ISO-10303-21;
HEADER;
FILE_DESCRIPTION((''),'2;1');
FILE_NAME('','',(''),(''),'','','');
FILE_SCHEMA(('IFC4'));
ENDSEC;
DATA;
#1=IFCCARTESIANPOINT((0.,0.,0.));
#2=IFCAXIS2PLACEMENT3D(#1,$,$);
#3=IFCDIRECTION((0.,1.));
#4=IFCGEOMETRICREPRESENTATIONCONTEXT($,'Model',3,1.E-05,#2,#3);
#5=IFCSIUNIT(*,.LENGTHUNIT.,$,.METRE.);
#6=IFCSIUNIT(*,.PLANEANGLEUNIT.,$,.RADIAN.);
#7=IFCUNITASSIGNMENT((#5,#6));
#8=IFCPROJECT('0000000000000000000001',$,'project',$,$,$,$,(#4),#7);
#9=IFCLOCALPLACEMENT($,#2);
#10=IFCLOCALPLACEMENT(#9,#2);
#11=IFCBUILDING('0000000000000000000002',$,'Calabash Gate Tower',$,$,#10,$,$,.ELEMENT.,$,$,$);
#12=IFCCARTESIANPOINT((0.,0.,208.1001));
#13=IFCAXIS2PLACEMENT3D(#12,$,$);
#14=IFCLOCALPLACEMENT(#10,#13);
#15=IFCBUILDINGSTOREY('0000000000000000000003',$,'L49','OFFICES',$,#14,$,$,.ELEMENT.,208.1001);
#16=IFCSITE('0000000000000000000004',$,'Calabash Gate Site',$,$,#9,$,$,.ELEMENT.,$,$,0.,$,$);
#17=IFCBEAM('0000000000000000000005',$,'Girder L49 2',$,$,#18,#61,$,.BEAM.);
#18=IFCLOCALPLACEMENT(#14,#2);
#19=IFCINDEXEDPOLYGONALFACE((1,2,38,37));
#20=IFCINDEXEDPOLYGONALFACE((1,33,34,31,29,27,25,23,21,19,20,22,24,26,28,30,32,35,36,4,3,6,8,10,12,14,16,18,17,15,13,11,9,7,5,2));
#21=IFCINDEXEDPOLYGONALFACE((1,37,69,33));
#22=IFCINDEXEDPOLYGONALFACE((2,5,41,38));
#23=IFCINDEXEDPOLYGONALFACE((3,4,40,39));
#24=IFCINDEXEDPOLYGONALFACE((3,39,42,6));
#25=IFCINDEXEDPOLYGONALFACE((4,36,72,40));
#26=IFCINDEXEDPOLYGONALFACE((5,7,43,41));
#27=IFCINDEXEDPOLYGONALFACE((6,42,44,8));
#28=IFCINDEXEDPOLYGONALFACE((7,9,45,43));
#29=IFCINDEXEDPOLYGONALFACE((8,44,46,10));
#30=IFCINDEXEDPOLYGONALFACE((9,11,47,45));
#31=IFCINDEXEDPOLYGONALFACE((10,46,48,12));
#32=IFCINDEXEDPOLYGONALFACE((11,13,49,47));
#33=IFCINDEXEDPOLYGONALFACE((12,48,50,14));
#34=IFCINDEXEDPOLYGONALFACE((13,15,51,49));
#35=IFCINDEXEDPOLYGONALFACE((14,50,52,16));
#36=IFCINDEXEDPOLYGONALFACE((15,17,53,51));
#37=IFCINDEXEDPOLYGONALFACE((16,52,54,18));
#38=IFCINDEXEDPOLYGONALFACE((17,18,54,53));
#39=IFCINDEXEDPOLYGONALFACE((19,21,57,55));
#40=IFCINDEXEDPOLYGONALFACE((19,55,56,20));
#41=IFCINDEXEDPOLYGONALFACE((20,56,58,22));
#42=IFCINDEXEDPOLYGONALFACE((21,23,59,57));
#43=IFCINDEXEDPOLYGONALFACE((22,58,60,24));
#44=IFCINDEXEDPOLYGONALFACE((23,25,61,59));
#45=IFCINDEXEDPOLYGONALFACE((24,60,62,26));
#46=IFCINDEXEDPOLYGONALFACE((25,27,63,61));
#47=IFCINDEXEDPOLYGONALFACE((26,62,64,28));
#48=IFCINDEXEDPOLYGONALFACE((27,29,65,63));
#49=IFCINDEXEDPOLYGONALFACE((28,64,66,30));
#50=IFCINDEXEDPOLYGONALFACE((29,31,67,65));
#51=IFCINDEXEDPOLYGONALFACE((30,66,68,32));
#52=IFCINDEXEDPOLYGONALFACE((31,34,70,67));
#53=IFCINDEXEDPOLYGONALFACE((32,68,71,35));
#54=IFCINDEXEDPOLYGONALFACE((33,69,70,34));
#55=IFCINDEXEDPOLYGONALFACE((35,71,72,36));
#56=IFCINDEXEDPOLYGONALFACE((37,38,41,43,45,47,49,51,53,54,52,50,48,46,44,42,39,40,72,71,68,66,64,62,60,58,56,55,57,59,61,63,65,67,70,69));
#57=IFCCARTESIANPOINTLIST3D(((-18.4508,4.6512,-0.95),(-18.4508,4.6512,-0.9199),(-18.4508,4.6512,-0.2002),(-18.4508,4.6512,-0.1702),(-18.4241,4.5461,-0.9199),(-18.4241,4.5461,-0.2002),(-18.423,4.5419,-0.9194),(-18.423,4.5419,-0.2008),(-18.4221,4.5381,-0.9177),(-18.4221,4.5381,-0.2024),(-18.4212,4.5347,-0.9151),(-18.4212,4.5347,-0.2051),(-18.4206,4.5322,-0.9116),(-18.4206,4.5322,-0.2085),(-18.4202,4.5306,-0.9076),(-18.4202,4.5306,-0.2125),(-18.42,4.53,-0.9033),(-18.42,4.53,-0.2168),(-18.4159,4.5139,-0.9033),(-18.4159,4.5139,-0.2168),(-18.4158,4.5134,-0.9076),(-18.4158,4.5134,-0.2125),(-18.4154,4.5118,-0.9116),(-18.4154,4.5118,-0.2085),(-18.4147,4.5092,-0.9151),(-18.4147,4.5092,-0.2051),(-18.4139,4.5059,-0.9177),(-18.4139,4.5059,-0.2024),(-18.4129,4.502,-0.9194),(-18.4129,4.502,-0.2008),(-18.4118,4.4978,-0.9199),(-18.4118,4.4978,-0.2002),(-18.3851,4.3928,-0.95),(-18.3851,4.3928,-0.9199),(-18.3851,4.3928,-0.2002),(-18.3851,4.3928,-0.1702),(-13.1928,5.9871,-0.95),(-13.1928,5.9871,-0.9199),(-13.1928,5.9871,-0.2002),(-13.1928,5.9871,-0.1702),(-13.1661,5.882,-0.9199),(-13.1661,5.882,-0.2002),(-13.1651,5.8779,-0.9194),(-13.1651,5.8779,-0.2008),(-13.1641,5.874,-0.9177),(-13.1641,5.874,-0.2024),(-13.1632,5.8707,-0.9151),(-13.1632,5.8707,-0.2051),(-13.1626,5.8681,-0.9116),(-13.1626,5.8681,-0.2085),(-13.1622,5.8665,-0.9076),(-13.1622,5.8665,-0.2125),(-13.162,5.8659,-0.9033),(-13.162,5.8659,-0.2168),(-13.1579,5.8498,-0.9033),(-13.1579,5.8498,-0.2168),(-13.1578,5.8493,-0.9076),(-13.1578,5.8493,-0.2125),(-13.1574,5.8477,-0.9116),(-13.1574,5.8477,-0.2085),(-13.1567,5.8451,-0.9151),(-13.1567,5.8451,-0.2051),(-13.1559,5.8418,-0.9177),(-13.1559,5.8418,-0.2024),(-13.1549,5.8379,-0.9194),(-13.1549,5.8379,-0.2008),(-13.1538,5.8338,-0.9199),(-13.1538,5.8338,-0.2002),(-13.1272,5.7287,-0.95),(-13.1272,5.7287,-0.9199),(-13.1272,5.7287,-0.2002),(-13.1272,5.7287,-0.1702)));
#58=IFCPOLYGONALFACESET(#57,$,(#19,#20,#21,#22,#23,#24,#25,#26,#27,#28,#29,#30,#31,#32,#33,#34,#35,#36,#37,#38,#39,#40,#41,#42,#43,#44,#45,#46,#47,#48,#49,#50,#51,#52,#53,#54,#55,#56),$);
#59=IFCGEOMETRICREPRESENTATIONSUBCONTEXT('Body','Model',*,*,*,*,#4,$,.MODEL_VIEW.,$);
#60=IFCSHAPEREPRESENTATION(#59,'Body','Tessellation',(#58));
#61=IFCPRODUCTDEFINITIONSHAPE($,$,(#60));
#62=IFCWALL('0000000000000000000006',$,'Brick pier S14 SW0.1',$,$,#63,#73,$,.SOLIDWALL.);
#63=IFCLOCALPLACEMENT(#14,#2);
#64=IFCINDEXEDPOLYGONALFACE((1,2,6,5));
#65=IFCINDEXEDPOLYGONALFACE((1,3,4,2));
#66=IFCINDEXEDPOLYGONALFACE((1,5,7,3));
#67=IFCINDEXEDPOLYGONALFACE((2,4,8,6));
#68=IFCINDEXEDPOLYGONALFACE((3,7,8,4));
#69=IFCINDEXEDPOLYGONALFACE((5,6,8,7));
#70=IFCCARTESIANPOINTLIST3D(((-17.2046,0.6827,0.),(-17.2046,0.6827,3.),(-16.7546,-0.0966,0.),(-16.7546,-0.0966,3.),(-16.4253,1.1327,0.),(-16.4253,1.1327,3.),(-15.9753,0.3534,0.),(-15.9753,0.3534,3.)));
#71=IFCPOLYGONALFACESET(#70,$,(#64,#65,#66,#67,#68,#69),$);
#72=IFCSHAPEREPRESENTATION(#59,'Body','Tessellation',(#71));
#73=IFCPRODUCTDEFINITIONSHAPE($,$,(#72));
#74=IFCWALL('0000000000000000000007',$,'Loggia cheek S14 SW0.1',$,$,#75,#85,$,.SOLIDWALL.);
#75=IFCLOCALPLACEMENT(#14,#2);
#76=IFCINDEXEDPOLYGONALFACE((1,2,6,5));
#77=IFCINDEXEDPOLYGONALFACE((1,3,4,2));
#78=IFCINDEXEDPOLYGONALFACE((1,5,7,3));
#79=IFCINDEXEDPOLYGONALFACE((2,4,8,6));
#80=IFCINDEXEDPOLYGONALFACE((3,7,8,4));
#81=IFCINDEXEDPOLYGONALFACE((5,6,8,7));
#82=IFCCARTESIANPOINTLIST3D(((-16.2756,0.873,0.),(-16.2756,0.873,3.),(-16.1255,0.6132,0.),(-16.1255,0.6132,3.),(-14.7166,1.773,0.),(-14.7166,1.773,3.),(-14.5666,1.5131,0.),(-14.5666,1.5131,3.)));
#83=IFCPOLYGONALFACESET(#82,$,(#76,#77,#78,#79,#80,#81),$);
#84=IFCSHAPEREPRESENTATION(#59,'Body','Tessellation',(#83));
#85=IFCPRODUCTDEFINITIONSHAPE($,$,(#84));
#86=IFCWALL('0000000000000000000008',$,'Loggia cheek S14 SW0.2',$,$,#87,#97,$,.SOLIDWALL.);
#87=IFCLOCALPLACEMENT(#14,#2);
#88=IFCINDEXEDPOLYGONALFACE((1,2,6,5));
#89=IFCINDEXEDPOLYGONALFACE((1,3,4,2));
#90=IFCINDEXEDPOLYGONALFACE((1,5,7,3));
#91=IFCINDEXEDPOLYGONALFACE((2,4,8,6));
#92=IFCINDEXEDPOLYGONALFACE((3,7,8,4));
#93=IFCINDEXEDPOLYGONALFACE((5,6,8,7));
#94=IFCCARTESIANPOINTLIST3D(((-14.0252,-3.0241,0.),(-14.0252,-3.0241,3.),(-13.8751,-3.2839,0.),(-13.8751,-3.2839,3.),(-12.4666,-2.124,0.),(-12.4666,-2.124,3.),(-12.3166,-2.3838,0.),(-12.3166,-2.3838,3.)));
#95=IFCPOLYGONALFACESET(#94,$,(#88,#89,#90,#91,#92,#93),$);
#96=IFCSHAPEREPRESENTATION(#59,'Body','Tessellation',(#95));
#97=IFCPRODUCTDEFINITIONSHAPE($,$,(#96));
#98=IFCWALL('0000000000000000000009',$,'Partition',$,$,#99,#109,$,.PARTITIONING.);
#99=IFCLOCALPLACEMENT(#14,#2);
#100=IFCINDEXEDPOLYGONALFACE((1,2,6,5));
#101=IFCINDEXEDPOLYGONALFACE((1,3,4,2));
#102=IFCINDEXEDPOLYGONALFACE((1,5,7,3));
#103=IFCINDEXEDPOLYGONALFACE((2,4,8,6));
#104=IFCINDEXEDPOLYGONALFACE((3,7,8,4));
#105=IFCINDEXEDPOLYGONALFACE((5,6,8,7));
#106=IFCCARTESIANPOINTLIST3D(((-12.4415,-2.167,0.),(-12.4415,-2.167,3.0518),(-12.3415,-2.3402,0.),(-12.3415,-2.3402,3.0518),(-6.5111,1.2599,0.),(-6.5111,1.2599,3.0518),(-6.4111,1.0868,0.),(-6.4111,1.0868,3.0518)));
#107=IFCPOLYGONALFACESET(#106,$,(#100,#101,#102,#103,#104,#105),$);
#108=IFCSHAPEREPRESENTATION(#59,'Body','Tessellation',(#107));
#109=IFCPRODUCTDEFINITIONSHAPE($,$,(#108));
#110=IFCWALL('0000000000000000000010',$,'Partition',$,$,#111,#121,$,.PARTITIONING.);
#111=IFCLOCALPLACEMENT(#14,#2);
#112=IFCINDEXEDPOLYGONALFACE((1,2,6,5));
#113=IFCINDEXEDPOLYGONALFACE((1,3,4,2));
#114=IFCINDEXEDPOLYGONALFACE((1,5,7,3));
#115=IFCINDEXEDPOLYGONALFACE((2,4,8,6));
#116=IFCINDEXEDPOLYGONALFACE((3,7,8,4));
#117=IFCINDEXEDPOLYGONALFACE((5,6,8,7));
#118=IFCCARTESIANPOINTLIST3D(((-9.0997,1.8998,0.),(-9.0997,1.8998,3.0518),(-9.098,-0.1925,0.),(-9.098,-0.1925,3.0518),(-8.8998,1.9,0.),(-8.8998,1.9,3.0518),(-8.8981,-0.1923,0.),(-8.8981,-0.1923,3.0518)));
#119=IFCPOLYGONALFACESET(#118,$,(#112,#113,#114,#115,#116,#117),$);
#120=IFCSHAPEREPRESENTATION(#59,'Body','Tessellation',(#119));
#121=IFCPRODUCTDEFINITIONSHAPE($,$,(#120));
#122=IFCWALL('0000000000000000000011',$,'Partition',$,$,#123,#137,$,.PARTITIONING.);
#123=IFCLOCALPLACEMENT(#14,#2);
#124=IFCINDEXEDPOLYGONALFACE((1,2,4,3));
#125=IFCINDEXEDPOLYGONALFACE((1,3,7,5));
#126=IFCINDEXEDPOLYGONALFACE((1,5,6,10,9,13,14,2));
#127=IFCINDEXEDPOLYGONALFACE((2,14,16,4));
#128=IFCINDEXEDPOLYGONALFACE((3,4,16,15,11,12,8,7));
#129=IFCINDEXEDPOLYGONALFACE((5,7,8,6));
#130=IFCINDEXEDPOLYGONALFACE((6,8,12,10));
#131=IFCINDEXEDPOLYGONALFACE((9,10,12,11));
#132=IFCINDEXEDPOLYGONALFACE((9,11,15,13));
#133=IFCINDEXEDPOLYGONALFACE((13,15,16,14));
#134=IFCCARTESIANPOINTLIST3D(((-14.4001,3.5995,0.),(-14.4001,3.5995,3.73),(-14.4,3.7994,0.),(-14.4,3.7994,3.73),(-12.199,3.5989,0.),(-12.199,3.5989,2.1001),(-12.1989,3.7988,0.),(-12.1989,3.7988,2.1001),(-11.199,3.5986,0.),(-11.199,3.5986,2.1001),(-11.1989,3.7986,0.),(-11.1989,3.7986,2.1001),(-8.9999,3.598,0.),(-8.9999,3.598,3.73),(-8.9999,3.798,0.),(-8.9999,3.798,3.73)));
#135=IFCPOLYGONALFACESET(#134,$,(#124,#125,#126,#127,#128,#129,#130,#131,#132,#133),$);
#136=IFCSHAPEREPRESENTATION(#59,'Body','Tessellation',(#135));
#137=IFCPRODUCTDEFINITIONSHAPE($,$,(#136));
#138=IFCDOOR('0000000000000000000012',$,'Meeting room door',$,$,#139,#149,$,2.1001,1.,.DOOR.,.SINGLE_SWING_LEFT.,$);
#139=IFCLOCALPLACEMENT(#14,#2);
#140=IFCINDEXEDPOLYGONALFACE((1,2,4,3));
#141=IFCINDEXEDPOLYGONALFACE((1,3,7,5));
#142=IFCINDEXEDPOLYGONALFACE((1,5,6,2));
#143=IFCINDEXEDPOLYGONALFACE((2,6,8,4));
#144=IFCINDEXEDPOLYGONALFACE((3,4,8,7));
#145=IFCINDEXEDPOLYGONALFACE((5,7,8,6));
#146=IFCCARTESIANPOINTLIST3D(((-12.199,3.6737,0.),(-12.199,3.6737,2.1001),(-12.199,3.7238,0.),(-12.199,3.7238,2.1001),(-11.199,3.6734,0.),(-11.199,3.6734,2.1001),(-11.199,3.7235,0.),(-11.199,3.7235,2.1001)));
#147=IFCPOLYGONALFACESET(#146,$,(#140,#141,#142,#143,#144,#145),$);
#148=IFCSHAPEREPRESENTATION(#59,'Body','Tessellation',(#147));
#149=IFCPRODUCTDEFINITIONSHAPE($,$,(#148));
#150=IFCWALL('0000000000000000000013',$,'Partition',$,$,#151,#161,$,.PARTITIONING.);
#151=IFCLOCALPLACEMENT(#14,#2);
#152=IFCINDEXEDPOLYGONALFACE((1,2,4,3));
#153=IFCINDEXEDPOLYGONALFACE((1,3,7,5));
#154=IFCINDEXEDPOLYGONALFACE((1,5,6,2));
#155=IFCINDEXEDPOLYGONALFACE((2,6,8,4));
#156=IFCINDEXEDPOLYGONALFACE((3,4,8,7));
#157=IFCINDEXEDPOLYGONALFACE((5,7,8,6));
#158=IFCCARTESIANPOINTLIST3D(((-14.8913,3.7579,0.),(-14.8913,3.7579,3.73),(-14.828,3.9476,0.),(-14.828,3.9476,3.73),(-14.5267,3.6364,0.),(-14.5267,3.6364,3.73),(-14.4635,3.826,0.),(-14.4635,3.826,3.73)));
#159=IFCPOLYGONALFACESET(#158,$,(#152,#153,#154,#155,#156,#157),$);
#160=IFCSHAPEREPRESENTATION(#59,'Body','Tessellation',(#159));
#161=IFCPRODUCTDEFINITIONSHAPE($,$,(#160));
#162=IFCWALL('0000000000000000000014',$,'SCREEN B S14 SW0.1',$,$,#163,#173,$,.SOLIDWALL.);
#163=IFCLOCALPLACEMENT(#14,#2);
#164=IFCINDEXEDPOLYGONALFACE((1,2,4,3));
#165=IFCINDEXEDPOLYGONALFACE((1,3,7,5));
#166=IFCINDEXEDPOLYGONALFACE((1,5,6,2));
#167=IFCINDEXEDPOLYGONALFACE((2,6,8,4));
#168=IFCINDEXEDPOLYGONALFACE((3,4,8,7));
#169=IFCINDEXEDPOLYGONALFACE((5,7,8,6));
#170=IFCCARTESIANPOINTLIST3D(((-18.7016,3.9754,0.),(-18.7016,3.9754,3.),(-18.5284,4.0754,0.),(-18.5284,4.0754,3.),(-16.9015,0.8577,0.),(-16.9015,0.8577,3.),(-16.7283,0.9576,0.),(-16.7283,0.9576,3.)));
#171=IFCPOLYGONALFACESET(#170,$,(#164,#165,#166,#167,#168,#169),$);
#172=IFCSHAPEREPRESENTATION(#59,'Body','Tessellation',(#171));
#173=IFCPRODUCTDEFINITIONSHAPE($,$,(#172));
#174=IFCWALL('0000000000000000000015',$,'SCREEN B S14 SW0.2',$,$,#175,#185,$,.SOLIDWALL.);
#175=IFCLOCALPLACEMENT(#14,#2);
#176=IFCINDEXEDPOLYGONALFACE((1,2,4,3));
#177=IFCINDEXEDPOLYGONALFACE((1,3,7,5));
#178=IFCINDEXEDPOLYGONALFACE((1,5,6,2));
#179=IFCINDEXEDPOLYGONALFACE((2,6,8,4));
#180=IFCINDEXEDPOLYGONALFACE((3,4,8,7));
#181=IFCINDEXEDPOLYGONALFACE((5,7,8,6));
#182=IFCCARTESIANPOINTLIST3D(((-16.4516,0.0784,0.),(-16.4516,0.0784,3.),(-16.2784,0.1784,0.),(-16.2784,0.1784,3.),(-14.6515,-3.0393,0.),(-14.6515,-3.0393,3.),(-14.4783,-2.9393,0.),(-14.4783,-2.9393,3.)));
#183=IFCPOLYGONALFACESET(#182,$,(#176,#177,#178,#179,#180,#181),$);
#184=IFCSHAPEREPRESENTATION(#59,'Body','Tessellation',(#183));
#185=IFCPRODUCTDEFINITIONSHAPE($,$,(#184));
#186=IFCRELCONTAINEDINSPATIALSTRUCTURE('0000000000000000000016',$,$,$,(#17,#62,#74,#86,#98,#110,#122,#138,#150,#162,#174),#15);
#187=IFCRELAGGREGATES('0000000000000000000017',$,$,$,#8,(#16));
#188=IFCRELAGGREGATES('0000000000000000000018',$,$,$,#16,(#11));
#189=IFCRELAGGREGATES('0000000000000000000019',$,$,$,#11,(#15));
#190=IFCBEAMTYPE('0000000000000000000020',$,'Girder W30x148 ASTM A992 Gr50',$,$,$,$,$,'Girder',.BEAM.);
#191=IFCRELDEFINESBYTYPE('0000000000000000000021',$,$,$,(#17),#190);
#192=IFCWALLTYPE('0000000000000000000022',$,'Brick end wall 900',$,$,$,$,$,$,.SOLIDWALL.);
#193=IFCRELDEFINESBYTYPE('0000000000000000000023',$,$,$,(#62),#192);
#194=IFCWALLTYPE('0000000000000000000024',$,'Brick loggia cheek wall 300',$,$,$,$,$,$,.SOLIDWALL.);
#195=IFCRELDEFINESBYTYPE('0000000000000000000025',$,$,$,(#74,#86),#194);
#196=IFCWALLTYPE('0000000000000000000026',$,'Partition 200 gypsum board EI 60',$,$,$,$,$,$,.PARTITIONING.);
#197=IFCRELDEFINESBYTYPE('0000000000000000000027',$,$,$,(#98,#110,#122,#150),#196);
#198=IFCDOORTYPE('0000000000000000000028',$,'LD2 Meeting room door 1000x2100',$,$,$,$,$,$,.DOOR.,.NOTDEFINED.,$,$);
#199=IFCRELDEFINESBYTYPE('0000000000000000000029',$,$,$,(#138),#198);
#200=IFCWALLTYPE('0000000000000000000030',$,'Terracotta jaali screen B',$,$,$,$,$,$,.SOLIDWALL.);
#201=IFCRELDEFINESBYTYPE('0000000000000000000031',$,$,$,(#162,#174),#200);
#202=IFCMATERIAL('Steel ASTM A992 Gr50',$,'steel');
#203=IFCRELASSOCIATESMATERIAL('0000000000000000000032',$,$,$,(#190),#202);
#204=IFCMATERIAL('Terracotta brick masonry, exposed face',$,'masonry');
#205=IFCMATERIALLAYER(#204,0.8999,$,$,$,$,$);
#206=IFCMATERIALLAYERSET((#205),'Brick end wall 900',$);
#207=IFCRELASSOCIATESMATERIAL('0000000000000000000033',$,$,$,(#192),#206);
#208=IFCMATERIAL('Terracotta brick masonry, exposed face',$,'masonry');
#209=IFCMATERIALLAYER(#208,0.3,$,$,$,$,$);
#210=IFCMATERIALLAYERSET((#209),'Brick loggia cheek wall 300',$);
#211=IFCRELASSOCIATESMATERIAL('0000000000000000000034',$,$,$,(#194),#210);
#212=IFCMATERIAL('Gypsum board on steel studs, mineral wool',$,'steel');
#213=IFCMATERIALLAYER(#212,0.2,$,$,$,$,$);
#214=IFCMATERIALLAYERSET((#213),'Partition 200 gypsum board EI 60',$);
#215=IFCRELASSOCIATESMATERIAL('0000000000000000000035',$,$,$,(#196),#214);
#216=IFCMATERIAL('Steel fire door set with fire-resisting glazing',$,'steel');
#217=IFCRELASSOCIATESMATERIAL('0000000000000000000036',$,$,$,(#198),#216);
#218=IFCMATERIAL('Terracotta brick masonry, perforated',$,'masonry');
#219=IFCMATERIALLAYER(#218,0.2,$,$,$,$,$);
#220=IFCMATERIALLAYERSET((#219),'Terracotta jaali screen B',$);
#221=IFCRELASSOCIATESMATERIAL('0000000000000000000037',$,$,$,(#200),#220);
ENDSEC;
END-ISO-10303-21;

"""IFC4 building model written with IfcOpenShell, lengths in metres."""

from ifc_helpers import new_model, si_unit, direction, frame, frame_2d, origin, origin_2d, place, context, subcontext, project, spatial, rectangle, i_section, extrude, material, layer, layer_set, material_profile, profile_set, type_object, element, fill, save


model = new_model("IFC4")

# Units and contexts
model_context = context("Model", 3, precision=1e-05, world=origin(), true_north=direction((0.0, 1.0)))
body_context = subcontext(model_context, "Body", "Model", "MODEL_VIEW")
ifc_project = project(units=[si_unit("LENGTHUNIT", "METRE"), si_unit("PLANEANGLEUNIT", "RADIAN")], contexts=[model_context])

# Site, building, storey
site_placement = place(None, origin())
site = spatial("IfcSite", under=ifc_project, at=site_placement, Name="Calabash Gate Site", CompositionType="ELEMENT", RefElevation=0.0)
building_placement = place(site_placement, origin())
building = spatial("IfcBuilding", under=site, at=building_placement, Name="Calabash Gate Tower", CompositionType="ELEMENT")
storey_placement = place(building_placement, frame((0.0, 0.0, 208.1001)))
storey = spatial("IfcBuildingStorey", under=building, at=storey_placement, Name="L49", Description="OFFICES", CompositionType="ELEMENT", Elevation=208.1001)

# Beam
ifc_material_1 = material(Name="Steel ASTM A992 Gr50", Category="steel")
ifc_material_profile_1 = material_profile(ifc_material_1, i_section(OverallWidth=0.2666, OverallDepth=0.7798, WebThickness=0.0166, FlangeThickness=0.03, FilletRadius=0.0166, at=origin_2d()))
ifc_profile_set_1 = profile_set([ifc_material_profile_1], Name="Steel ASTM A992 Gr50")
beam_type_1 = type_object("IfcBeamType", Name="Girder W30x148 ASTM A992 Gr50", ElementType="Girder", PredefinedType="BEAM", material=ifc_profile_set_1)
beam_1_placement = place(storey_placement, frame((-18.418, 4.522, -0.5601), z_axis=(0.969206, 0.24625, 0.0), x_axis=(-0.24625, 0.969206, 0.0)))
element("IfcBeam", 1, at=beam_1_placement, inside=storey, type_object=beam_type_1, Name="Girder L49 2", PredefinedType="BEAM", context=body_context, shape_type="SweptSolid", body=[
    extrude(i_section(OverallWidth=0.2666, OverallDepth=0.7798, WebThickness=0.0166, FlangeThickness=0.03, FilletRadius=0.0166, at=origin_2d()), origin(), (0.0, 0.0, 1.0), 5.425),
])

# Walls
ifc_material_2 = material(Name="Terracotta brick masonry, exposed face", Category="masonry")
ifc_layer_1 = layer(ifc_material_2, 0.8999)
ifc_layer_set_1 = layer_set([ifc_layer_1], Name="Brick end wall 900")
wall_type_1 = type_object("IfcWallType", Name="Brick end wall 900", PredefinedType="SOLIDWALL", material=ifc_layer_set_1)
wall_1_placement = place(storey_placement, frame((-16.8149, 0.9077, 0.0), z_axis=(0.0, 0.0, 1.0), x_axis=(0.50002, -0.866014, 0.0)))
element("IfcWall", 2, at=wall_1_placement, inside=storey, type_object=wall_type_1, Name="Brick pier S14 SW0.1", PredefinedType="SOLIDWALL", context=body_context, shape_type="SweptSolid", body=[
    extrude(rectangle(XDim=0.8999, YDim=0.8999, at=frame_2d((0.45, 0.0))), origin(), (0.0, 0.0, 1.0), 3.0),
])
ifc_material_3 = material(Name="Terracotta brick masonry, exposed face", Category="masonry")
ifc_layer_2 = layer(ifc_material_3, 0.3)
ifc_layer_set_2 = layer_set([ifc_layer_2], Name="Brick loggia cheek wall 300")
wall_type_2 = type_object("IfcWallType", Name="Brick loggia cheek wall 300", PredefinedType="SOLIDWALL", material=ifc_layer_set_2)
wall_2_placement = place(storey_placement, frame((-16.2004, 0.7432, 0.0), z_axis=(0.0, 0.0, 1.0), x_axis=(0.866048, 0.499961, 0.0)))
element("IfcWall", 3, at=wall_2_placement, inside=storey, type_object=wall_type_2, Name="Loggia cheek S14 SW0.1", PredefinedType="SOLIDWALL", context=body_context, shape_type="SweptSolid", body=[
    extrude(rectangle(XDim=1.8, YDim=0.3, at=frame_2d((0.8999, 0.0))), origin(), (0.0, 0.0, 1.0), 3.0),
])
wall_3_placement = place(storey_placement, frame((-12.3916, -2.2539, 0.0), z_axis=(0.0, 0.0, 1.0), x_axis=(-0.865955, -0.500122, 0.0)))
element("IfcWall", 4, at=wall_3_placement, inside=storey, type_object=wall_type_2, Name="Loggia cheek S14 SW0.2", PredefinedType="SOLIDWALL", context=body_context, shape_type="SweptSolid", body=[
    extrude(rectangle(XDim=1.7998, YDim=0.3, at=frame_2d((0.8999, 0.0))), origin(), (0.0, 0.0, 1.0), 3.0),
])
ifc_material_4 = material(Name="Gypsum board on steel studs, mineral wool", Category="steel")
ifc_layer_3 = layer(ifc_material_4, 0.2)
ifc_layer_set_3 = layer_set([ifc_layer_3], Name="Partition 200 gypsum board EI 60")
wall_type_3 = type_object("IfcWallType", Name="Partition 200 gypsum board EI 60", PredefinedType="PARTITIONING", material=ifc_layer_set_3)
wall_4_placement = place(storey_placement, frame((-12.3916, -2.2537, 0.0), z_axis=(0.0, 0.0, 1.0), x_axis=(0.865831, 0.500336, 0.0)))
element("IfcWall", 5, at=wall_4_placement, inside=storey, type_object=wall_type_3, Name="Partition", PredefinedType="PARTITIONING", context=body_context, shape_type="SweptSolid", body=[
    extrude(rectangle(XDim=6.8494, YDim=0.2, at=frame_2d((3.4248, 0.0))), origin(), (0.0, 0.0, 1.0), 3.0518),
])
wall_5_placement = place(storey_placement, frame((-8.9998, 1.8999, 0.0), z_axis=(0.0, 0.0, 1.0), x_axis=(0.000817, -1.0, 0.0)))
element("IfcWall", 6, at=wall_5_placement, inside=storey, type_object=wall_type_3, Name="Partition", PredefinedType="PARTITIONING", context=body_context, shape_type="SweptSolid", body=[
    extrude(rectangle(XDim=2.0923, YDim=0.2, at=frame_2d((1.0461, 0.0))), origin(), (0.0, 0.0, 1.0), 3.0518),
])

# Wall, opening, door
wall_6_placement = place(storey_placement, frame((-14.4001, 3.6995, 0.0), z_axis=(0.0, 0.0, 1.0), x_axis=(1.0, -0.000271, 0.0)))
wall_6 = element("IfcWall", 7, at=wall_6_placement, inside=storey, type_object=wall_type_3, Name="Partition", PredefinedType="PARTITIONING", context=body_context, shape_type="SweptSolid", body=[
    extrude(rectangle(XDim=5.4001, YDim=0.2, at=frame_2d((2.7002, 0.0))), origin(), (0.0, 0.0, 1.0), 3.73),
])
opening_1_placement = place(wall_6_placement, frame((2.2012, 0.0, 0.0)))
opening_1 = element("IfcOpeningElement", 8, at=opening_1_placement, cuts=wall_6, PredefinedType="OPENING", context=body_context, shape_type="SweptSolid", body=[
    extrude(rectangle(XDim=1.0, YDim=2.1001, at=frame_2d((0.5, 1.05))), frame((0.0, 0.1099, 0.0), z_axis=(0.0, -1.0, 0.0), x_axis=(1.0, 0.0, 0.0)), (0.0, 0.0, 1.0), 0.22),
])
ifc_material_5 = material(Name="Steel fire door set with fire-resisting glazing", Category="steel")
door_type = type_object("IfcDoorType", Name="LD2 Meeting room door 1000x2100", OperationType="NOTDEFINED", PredefinedType="DOOR", material=ifc_material_5)
door_placement = place(opening_1_placement, origin())
door = element("IfcDoor", 9, at=door_placement, inside=storey, type_object=door_type, Name="Meeting room door", OperationType="SINGLE_SWING_LEFT", OverallHeight=2.1001, OverallWidth=1.0, PredefinedType="DOOR", context=body_context, shape_type="SweptSolid", body=[
    extrude(rectangle(XDim=1.0, YDim=2.1001, at=frame_2d((0.5, 1.05))), frame((0.0, 0.0249, 0.0), z_axis=(0.0, -1.0, 0.0), x_axis=(1.0, 0.0, 0.0)), (0.0, 0.0, 1.0), 0.05),
])
fill(opening_1, door)

# Walls
wall_7_placement = place(storey_placement, frame((-14.8596, 3.8528, 0.0), z_axis=(0.0, 0.0, 1.0), x_axis=(0.94862, -0.316418, 0.0)))
element("IfcWall", 10, at=wall_7_placement, inside=storey, type_object=wall_type_3, Name="Partition", PredefinedType="PARTITIONING", context=body_context, shape_type="SweptSolid", body=[
    extrude(rectangle(XDim=0.3843, YDim=0.2, at=frame_2d((0.1921, 0.0))), origin(), (0.0, 0.0, 1.0), 3.73),
])
ifc_material_6 = material(Name="Terracotta brick masonry, perforated", Category="masonry")
ifc_layer_4 = layer(ifc_material_6, 0.2)
ifc_layer_set_4 = layer_set([ifc_layer_4], Name="Terracotta jaali screen B")
wall_type_4 = type_object("IfcWallType", Name="Terracotta jaali screen B", PredefinedType="SOLIDWALL", material=ifc_layer_set_4)
for number, where, z_axis, x_axis, name in (
    (11, (-18.615, 4.0254, 0.0), (0.0, 0.0, 1.0), (0.500012, -0.866018, 0.0), "SCREEN B S14 SW0.1"),
    (12, (-16.365, 0.1284, 0.0), (0.0, 0.0, 1.0), (0.500012, -0.866018, 0.0), "SCREEN B S14 SW0.2"),
):
    element("IfcWall", number, at=place(storey_placement, frame(where, z_axis=z_axis, x_axis=x_axis)), inside=storey, type_object=wall_type_4, Name=name, PredefinedType="SOLIDWALL", context=body_context, shape_type="SweptSolid", body=[
        extrude(rectangle(XDim=3.6001, YDim=0.2, at=frame_2d((1.8, 0.0))), origin(), (0.0, 0.0, 1.0), 3.0),
    ])

save(model, "model.ifc")
